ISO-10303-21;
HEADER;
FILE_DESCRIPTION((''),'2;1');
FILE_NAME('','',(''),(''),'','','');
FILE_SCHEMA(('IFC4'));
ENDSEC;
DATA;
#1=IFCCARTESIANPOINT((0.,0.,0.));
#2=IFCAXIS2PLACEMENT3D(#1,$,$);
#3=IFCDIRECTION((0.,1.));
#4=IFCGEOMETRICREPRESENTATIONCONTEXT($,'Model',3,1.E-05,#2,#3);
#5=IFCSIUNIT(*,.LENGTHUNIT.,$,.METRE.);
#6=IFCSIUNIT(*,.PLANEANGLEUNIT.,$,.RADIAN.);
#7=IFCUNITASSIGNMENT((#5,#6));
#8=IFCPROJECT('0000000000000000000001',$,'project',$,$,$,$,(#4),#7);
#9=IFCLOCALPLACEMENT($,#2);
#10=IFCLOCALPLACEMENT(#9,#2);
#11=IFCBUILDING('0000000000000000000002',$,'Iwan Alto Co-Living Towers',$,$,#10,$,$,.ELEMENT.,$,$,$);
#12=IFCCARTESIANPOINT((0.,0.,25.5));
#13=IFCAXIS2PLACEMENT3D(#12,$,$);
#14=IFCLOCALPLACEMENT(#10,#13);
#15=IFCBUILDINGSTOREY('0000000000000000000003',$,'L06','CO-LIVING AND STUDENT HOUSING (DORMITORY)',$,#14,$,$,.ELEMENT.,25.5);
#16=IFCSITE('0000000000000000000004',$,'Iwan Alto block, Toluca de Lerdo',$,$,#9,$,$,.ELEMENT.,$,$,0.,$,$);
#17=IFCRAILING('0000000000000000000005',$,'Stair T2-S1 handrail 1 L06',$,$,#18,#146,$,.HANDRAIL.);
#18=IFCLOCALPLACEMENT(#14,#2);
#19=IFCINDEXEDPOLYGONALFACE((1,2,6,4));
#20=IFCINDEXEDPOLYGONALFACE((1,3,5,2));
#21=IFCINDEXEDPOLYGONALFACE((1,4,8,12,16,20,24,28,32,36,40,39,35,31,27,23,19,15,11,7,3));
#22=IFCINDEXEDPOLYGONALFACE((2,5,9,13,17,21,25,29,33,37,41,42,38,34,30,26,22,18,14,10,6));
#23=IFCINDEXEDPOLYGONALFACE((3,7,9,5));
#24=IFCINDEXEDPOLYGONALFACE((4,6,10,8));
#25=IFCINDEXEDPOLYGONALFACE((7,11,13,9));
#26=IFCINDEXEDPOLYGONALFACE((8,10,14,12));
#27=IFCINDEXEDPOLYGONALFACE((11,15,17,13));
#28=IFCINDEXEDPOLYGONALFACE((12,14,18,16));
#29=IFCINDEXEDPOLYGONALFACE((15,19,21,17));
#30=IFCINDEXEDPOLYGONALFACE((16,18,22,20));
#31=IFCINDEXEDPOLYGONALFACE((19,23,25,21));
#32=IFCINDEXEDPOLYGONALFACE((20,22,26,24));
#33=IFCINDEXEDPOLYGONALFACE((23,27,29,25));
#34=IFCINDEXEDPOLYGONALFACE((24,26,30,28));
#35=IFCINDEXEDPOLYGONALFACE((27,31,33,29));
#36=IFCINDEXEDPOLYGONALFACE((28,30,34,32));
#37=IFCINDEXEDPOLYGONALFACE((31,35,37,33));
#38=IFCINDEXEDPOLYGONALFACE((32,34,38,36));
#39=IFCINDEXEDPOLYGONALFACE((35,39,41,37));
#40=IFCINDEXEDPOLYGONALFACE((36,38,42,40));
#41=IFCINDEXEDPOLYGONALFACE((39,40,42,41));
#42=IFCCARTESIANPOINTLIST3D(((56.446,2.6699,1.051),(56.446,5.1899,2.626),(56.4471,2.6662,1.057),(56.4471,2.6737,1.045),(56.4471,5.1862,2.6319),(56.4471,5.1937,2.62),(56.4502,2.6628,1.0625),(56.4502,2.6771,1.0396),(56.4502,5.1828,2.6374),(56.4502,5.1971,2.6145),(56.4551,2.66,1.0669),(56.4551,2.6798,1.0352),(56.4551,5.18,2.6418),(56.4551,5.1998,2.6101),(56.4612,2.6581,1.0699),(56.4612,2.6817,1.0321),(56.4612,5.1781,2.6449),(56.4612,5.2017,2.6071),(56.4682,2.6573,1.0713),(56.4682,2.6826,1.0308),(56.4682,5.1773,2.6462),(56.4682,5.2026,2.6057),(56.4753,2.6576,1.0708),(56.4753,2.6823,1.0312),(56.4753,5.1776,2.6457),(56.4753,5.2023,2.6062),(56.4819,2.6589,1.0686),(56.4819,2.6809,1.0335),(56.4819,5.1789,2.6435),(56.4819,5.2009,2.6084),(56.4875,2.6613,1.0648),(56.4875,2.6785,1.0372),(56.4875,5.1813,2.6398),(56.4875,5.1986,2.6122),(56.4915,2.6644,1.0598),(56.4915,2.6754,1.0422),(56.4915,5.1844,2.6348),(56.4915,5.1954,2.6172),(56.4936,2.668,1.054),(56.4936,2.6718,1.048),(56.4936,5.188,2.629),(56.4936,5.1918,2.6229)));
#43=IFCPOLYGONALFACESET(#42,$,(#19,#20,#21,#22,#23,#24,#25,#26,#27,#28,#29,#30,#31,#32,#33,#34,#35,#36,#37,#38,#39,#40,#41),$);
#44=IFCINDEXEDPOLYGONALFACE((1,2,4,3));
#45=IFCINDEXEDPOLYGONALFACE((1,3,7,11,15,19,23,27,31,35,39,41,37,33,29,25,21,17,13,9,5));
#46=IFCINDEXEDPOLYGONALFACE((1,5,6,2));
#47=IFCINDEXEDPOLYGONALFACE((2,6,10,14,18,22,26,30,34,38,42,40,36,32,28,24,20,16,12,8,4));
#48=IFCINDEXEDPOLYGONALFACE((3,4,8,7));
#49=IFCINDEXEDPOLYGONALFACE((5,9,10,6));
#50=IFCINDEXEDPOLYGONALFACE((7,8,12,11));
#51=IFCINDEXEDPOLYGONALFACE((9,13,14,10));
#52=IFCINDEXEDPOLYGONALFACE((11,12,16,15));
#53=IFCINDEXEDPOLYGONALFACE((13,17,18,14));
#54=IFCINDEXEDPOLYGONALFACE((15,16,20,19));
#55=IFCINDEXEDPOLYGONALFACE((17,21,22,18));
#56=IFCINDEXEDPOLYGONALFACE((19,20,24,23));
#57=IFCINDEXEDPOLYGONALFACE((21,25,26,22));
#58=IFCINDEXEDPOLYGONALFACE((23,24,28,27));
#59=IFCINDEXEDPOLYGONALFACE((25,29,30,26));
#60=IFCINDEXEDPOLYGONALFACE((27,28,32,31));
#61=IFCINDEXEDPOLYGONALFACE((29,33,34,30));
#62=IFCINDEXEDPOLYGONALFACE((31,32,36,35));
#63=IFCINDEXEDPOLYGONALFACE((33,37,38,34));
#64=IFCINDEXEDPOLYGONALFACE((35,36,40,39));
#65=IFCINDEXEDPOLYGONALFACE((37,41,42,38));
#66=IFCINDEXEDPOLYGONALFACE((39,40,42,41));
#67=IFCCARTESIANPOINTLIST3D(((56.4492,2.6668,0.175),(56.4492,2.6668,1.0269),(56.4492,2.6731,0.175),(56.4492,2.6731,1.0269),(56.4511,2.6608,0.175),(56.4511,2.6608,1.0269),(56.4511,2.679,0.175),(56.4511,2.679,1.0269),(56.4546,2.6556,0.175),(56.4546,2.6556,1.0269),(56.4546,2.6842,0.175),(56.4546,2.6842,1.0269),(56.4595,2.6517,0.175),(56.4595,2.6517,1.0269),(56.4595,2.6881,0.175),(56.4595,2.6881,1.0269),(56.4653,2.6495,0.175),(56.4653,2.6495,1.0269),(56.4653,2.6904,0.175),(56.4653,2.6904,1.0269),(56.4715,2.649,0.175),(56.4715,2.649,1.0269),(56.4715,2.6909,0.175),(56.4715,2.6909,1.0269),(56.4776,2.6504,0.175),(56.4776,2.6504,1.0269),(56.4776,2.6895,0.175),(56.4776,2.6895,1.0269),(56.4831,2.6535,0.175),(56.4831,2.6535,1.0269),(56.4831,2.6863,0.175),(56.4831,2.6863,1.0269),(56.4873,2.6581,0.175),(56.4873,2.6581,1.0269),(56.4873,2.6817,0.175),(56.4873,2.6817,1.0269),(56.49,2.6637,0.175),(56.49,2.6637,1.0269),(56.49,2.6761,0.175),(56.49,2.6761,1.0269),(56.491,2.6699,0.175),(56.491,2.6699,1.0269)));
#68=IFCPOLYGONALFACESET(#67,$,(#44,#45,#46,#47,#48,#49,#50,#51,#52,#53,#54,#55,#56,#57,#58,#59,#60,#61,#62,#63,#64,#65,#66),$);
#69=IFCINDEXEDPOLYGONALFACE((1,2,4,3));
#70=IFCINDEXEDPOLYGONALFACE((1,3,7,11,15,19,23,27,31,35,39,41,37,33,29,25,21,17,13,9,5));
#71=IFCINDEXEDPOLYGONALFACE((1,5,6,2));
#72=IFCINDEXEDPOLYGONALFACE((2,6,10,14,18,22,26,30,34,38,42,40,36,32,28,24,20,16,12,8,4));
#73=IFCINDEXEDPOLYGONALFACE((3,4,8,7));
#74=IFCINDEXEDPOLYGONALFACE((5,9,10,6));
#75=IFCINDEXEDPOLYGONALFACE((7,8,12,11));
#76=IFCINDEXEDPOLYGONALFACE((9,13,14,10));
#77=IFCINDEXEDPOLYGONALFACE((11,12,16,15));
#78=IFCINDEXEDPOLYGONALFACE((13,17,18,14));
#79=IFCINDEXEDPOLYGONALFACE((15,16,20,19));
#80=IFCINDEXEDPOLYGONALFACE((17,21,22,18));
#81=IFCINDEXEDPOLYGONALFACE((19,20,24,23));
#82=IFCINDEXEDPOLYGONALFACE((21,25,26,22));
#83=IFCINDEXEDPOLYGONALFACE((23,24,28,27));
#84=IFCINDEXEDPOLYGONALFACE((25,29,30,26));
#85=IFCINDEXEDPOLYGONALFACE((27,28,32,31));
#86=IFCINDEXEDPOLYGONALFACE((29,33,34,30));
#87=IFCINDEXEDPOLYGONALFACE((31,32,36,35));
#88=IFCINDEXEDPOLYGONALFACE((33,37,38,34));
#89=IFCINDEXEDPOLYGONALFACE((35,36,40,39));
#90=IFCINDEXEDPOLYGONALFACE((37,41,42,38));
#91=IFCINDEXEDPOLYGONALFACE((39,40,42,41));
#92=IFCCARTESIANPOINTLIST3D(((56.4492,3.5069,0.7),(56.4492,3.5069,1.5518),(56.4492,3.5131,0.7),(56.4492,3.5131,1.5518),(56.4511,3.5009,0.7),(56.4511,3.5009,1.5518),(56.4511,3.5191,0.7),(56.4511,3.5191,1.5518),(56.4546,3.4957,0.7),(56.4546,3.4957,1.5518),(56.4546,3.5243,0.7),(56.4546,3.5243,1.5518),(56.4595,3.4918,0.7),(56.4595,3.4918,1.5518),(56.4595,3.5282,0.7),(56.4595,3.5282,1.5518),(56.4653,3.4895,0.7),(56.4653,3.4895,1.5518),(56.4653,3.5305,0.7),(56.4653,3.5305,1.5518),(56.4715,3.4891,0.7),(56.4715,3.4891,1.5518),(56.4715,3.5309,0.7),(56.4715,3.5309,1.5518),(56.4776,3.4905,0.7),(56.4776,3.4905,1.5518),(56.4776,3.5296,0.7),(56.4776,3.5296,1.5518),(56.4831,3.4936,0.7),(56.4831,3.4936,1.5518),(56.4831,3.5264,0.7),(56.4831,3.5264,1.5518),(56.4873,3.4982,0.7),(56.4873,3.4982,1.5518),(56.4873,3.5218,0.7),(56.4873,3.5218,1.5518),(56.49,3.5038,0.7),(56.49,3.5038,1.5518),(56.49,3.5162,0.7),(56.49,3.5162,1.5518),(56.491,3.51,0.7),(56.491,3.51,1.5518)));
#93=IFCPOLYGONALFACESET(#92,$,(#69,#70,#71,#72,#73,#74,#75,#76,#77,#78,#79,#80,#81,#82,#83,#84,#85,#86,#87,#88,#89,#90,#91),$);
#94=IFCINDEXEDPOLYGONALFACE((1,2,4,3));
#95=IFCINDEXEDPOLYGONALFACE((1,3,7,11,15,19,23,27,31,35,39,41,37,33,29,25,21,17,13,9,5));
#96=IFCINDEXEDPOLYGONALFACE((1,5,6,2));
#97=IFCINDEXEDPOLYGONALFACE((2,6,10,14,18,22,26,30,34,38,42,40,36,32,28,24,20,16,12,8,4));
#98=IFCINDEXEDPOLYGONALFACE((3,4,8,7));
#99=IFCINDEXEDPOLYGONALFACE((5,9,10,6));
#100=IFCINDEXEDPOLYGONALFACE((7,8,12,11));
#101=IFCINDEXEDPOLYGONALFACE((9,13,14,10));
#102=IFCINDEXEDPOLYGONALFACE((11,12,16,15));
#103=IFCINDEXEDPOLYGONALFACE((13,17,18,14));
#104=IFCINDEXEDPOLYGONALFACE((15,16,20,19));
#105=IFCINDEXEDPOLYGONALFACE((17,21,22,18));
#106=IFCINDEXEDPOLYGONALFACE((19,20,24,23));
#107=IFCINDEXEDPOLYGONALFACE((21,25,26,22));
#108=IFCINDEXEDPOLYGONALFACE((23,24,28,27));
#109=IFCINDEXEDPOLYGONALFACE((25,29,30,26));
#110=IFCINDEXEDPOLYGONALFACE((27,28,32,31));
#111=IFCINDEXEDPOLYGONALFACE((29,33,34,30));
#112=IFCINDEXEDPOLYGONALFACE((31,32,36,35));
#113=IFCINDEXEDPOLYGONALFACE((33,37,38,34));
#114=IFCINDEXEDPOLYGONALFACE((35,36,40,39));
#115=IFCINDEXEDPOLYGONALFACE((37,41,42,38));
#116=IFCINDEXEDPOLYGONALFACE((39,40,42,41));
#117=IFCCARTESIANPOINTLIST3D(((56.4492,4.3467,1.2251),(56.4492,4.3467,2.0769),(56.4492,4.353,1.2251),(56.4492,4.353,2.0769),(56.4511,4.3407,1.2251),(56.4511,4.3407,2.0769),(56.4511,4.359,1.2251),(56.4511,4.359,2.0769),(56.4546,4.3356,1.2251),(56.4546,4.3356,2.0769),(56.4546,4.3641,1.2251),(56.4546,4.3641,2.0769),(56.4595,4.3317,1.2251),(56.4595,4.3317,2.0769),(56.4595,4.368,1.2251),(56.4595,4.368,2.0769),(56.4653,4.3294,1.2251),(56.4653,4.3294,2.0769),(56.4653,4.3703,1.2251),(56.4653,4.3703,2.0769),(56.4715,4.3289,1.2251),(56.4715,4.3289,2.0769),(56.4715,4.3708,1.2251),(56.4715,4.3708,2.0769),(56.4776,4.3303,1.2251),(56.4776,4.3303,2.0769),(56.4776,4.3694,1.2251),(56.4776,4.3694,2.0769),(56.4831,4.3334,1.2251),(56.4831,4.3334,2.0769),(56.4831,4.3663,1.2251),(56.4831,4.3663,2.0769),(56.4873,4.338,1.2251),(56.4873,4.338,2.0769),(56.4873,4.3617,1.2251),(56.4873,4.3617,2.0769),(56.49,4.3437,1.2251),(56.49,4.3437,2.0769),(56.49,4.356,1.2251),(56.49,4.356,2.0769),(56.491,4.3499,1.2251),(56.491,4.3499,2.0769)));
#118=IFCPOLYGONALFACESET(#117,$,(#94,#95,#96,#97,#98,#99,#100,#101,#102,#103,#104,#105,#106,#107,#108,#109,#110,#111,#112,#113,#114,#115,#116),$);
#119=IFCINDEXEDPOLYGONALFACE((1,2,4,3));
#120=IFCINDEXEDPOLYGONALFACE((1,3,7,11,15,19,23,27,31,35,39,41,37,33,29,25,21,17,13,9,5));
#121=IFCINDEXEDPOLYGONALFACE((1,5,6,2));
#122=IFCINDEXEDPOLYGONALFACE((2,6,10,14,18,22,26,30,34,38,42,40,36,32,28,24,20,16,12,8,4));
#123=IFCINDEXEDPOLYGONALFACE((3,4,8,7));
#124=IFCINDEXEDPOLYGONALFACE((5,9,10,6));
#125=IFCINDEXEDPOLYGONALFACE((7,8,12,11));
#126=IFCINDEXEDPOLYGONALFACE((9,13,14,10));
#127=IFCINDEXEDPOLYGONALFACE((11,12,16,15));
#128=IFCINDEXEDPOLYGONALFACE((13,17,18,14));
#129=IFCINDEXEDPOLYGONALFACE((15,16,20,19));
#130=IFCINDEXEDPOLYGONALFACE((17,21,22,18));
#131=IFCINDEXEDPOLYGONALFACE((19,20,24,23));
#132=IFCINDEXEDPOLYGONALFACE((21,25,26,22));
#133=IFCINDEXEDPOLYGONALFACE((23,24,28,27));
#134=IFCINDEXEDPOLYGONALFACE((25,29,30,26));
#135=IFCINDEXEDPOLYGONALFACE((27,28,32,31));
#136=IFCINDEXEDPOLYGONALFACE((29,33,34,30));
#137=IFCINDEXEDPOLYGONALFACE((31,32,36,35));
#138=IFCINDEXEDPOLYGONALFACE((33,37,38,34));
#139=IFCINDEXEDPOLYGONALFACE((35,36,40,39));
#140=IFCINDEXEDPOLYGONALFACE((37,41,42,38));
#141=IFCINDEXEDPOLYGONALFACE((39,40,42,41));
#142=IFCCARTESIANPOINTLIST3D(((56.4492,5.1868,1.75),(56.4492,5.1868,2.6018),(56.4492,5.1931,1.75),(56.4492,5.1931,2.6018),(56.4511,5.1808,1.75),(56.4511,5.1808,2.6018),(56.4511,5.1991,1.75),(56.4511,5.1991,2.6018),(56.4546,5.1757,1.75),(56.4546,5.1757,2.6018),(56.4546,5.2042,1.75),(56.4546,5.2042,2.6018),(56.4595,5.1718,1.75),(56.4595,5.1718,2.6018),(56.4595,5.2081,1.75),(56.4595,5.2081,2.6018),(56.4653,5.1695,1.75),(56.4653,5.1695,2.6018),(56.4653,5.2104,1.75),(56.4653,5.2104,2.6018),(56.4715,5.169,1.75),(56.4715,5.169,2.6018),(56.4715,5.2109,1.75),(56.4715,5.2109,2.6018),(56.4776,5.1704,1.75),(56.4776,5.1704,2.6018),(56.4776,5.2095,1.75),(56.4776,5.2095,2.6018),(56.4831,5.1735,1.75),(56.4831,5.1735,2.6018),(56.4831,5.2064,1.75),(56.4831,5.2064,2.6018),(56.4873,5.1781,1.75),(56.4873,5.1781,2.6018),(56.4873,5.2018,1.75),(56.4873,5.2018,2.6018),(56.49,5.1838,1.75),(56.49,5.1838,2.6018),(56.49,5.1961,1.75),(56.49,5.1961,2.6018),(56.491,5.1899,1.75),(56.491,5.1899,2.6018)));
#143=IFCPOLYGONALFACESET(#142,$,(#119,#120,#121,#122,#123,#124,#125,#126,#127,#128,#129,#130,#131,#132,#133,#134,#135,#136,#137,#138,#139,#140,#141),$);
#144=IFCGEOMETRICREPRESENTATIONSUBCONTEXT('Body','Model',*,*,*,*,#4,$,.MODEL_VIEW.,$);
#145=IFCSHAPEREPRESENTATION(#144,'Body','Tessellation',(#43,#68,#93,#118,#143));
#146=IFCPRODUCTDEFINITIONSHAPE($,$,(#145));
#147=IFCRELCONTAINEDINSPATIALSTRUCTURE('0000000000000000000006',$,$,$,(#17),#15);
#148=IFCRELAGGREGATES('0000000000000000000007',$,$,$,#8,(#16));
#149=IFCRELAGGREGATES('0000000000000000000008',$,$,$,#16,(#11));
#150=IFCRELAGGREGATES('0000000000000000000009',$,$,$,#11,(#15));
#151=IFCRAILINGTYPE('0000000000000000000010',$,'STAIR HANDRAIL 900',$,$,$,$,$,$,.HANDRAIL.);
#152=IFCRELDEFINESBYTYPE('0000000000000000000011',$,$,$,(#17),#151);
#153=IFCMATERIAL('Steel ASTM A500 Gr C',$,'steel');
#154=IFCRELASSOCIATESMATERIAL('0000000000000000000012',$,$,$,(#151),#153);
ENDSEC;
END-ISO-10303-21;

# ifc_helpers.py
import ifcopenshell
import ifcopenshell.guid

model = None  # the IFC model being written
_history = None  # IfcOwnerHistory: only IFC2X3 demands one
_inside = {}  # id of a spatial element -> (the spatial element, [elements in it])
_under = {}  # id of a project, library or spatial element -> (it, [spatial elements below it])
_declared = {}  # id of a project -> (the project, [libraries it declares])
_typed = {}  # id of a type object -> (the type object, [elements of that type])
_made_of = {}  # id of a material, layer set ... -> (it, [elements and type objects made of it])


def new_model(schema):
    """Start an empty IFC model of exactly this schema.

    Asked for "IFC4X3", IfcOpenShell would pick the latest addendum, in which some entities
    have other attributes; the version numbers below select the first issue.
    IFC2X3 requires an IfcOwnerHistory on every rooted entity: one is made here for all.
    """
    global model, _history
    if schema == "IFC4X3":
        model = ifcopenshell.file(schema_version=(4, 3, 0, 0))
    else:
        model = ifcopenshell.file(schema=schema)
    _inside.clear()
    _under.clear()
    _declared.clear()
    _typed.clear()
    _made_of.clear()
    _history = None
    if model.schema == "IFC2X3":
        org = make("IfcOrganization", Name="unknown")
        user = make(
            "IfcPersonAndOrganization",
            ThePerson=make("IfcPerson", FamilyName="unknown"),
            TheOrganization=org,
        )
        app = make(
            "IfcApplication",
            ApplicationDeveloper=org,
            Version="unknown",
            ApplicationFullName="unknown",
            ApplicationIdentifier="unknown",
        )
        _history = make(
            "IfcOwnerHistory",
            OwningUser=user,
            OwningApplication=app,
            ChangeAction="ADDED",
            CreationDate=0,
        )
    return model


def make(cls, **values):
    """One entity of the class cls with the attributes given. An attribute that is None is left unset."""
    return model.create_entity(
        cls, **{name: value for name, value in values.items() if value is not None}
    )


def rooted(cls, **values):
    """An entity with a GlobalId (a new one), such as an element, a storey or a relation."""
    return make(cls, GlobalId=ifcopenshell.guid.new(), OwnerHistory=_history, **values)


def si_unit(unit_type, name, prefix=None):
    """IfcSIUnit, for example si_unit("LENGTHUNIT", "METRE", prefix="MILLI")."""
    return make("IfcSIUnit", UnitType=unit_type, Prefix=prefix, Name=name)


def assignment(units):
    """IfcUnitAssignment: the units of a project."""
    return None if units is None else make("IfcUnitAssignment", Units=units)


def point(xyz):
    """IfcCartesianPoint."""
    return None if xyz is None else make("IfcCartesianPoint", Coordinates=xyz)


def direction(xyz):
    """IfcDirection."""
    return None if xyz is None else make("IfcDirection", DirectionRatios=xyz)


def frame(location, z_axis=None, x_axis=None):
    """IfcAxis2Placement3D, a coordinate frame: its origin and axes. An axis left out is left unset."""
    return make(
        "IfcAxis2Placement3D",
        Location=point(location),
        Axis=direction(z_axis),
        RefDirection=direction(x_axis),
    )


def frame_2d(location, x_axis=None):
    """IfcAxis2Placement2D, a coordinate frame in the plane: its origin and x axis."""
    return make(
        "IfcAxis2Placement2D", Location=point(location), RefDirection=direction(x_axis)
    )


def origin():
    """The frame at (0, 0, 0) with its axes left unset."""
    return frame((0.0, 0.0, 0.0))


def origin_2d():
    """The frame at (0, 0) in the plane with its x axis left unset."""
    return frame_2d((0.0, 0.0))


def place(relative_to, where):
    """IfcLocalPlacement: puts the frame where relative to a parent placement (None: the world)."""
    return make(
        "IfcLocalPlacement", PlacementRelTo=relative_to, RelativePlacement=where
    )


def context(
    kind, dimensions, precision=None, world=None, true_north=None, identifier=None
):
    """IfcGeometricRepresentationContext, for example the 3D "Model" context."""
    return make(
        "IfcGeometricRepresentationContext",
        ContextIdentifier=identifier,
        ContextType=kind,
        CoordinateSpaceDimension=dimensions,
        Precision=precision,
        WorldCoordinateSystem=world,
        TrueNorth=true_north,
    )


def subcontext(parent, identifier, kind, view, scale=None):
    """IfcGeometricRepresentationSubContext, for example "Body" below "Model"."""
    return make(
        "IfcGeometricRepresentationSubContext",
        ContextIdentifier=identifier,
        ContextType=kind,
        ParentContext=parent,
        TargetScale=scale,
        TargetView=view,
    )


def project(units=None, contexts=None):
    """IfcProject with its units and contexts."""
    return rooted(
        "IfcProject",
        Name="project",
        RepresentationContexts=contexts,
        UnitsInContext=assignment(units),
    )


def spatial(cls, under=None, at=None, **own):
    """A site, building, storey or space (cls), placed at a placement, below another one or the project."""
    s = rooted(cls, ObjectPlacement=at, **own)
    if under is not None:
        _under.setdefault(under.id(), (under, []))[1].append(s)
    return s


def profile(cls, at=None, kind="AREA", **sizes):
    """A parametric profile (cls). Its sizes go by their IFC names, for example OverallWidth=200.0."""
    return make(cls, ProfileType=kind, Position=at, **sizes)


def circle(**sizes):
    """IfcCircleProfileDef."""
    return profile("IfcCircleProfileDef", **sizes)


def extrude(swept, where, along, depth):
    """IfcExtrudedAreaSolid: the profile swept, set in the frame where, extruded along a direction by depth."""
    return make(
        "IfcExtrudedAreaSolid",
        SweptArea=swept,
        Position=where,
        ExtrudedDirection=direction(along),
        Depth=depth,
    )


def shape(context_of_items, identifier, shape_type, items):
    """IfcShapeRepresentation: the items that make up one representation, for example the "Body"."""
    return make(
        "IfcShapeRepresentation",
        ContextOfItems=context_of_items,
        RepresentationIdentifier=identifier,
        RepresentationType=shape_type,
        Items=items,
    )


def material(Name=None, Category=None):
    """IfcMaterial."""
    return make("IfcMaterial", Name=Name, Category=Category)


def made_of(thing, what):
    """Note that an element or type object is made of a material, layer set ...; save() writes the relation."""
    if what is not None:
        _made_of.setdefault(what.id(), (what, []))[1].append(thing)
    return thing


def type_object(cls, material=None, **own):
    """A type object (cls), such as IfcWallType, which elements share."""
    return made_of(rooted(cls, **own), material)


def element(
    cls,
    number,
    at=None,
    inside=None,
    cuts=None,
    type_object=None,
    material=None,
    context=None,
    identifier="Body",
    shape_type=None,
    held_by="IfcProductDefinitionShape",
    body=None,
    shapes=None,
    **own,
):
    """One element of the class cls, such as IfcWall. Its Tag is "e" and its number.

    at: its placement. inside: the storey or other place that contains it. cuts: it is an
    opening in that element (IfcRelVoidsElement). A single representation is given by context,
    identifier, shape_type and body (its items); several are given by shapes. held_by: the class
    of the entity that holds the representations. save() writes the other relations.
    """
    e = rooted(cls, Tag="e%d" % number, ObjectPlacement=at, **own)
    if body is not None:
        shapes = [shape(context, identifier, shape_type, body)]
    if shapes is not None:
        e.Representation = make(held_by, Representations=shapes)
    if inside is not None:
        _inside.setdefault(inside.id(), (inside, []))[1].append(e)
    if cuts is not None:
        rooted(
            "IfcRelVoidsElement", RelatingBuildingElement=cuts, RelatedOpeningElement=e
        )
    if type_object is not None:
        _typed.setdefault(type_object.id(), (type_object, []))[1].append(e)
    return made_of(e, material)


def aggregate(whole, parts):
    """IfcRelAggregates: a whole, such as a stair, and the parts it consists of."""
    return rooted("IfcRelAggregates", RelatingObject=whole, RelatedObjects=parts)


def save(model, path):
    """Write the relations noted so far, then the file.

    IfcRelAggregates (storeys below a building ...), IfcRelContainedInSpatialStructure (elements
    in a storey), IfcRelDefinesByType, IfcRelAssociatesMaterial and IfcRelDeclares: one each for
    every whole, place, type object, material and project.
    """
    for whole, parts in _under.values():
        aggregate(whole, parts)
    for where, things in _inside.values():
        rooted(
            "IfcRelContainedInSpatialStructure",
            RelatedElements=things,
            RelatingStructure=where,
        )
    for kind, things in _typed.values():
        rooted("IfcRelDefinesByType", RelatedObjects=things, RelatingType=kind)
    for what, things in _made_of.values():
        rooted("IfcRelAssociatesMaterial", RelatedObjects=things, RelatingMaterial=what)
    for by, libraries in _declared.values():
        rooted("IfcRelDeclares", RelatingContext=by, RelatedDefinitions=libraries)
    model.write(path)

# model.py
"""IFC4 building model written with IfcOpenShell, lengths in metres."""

from ifc_helpers import new_model, si_unit, direction, frame, origin, origin_2d, place, context, subcontext, project, spatial, circle, extrude, material, type_object, element, save


model = new_model("IFC4")

# Units and contexts
model_context = context("Model", 3, precision=1e-05, world=origin(), true_north=direction((0.0, 1.0)))
body_context = subcontext(model_context, "Body", "Model", "MODEL_VIEW")
ifc_project = project(units=[si_unit("LENGTHUNIT", "METRE"), si_unit("PLANEANGLEUNIT", "RADIAN")], contexts=[model_context])

# Site, building, storey
site_placement = place(None, origin())
site = spatial("IfcSite", under=ifc_project, at=site_placement, Name="Iwan Alto block, Toluca de Lerdo", CompositionType="ELEMENT", RefElevation=0.0)
building_placement = place(site_placement, origin())
building = spatial("IfcBuilding", under=site, at=building_placement, Name="Iwan Alto Co-Living Towers", CompositionType="ELEMENT")
storey_placement = place(building_placement, frame((0.0, 0.0, 25.5)))
storey = spatial("IfcBuildingStorey", under=building, at=storey_placement, Name="L06", Description="CO-LIVING AND STUDENT HOUSING (DORMITORY)", CompositionType="ELEMENT", Elevation=25.5)

# Railing
ifc_material_1 = material(Name="Steel ASTM A500 Gr C", Category="steel")
railing_type_1 = type_object("IfcRailingType", Name="STAIR HANDRAIL 900", PredefinedType="HANDRAIL", material=ifc_material_1)
railing_1_placement = place(storey_placement, frame((56.47, 2.6699, 0.175)))
element("IfcRailing", 1, at=railing_1_placement, inside=storey, type_object=railing_type_1, Name="Stair T2-S1 handrail 1 L06", PredefinedType="HANDRAIL", context=body_context, shape_type="SweptSolid", body=[
    extrude(circle(Radius=0.0239, at=origin_2d()), frame((0.0, 0.0, 0.876), z_axis=(0.0, 0.848008, 0.529984), x_axis=(-1.0, 0.0, 0.0)), (0.0, 0.0, 1.0), 2.9717),
    extrude(circle(Radius=0.021, at=origin_2d()), origin(), (0.0, 0.0, 1.0), 0.8518),
    extrude(circle(Radius=0.021, at=origin_2d()), frame((0.0, 0.8401, 0.5249)), (0.0, 0.0, 1.0), 0.8518),
    extrude(circle(Radius=0.021, at=origin_2d()), frame((0.0, 1.6799, 1.05)), (0.0, 0.0, 1.0), 0.8518),
    extrude(circle(Radius=0.021, at=origin_2d()), frame((0.0, 2.52, 1.575)), (0.0, 0.0, 1.0), 0.8518),
])

save(model, "model.ifc")
